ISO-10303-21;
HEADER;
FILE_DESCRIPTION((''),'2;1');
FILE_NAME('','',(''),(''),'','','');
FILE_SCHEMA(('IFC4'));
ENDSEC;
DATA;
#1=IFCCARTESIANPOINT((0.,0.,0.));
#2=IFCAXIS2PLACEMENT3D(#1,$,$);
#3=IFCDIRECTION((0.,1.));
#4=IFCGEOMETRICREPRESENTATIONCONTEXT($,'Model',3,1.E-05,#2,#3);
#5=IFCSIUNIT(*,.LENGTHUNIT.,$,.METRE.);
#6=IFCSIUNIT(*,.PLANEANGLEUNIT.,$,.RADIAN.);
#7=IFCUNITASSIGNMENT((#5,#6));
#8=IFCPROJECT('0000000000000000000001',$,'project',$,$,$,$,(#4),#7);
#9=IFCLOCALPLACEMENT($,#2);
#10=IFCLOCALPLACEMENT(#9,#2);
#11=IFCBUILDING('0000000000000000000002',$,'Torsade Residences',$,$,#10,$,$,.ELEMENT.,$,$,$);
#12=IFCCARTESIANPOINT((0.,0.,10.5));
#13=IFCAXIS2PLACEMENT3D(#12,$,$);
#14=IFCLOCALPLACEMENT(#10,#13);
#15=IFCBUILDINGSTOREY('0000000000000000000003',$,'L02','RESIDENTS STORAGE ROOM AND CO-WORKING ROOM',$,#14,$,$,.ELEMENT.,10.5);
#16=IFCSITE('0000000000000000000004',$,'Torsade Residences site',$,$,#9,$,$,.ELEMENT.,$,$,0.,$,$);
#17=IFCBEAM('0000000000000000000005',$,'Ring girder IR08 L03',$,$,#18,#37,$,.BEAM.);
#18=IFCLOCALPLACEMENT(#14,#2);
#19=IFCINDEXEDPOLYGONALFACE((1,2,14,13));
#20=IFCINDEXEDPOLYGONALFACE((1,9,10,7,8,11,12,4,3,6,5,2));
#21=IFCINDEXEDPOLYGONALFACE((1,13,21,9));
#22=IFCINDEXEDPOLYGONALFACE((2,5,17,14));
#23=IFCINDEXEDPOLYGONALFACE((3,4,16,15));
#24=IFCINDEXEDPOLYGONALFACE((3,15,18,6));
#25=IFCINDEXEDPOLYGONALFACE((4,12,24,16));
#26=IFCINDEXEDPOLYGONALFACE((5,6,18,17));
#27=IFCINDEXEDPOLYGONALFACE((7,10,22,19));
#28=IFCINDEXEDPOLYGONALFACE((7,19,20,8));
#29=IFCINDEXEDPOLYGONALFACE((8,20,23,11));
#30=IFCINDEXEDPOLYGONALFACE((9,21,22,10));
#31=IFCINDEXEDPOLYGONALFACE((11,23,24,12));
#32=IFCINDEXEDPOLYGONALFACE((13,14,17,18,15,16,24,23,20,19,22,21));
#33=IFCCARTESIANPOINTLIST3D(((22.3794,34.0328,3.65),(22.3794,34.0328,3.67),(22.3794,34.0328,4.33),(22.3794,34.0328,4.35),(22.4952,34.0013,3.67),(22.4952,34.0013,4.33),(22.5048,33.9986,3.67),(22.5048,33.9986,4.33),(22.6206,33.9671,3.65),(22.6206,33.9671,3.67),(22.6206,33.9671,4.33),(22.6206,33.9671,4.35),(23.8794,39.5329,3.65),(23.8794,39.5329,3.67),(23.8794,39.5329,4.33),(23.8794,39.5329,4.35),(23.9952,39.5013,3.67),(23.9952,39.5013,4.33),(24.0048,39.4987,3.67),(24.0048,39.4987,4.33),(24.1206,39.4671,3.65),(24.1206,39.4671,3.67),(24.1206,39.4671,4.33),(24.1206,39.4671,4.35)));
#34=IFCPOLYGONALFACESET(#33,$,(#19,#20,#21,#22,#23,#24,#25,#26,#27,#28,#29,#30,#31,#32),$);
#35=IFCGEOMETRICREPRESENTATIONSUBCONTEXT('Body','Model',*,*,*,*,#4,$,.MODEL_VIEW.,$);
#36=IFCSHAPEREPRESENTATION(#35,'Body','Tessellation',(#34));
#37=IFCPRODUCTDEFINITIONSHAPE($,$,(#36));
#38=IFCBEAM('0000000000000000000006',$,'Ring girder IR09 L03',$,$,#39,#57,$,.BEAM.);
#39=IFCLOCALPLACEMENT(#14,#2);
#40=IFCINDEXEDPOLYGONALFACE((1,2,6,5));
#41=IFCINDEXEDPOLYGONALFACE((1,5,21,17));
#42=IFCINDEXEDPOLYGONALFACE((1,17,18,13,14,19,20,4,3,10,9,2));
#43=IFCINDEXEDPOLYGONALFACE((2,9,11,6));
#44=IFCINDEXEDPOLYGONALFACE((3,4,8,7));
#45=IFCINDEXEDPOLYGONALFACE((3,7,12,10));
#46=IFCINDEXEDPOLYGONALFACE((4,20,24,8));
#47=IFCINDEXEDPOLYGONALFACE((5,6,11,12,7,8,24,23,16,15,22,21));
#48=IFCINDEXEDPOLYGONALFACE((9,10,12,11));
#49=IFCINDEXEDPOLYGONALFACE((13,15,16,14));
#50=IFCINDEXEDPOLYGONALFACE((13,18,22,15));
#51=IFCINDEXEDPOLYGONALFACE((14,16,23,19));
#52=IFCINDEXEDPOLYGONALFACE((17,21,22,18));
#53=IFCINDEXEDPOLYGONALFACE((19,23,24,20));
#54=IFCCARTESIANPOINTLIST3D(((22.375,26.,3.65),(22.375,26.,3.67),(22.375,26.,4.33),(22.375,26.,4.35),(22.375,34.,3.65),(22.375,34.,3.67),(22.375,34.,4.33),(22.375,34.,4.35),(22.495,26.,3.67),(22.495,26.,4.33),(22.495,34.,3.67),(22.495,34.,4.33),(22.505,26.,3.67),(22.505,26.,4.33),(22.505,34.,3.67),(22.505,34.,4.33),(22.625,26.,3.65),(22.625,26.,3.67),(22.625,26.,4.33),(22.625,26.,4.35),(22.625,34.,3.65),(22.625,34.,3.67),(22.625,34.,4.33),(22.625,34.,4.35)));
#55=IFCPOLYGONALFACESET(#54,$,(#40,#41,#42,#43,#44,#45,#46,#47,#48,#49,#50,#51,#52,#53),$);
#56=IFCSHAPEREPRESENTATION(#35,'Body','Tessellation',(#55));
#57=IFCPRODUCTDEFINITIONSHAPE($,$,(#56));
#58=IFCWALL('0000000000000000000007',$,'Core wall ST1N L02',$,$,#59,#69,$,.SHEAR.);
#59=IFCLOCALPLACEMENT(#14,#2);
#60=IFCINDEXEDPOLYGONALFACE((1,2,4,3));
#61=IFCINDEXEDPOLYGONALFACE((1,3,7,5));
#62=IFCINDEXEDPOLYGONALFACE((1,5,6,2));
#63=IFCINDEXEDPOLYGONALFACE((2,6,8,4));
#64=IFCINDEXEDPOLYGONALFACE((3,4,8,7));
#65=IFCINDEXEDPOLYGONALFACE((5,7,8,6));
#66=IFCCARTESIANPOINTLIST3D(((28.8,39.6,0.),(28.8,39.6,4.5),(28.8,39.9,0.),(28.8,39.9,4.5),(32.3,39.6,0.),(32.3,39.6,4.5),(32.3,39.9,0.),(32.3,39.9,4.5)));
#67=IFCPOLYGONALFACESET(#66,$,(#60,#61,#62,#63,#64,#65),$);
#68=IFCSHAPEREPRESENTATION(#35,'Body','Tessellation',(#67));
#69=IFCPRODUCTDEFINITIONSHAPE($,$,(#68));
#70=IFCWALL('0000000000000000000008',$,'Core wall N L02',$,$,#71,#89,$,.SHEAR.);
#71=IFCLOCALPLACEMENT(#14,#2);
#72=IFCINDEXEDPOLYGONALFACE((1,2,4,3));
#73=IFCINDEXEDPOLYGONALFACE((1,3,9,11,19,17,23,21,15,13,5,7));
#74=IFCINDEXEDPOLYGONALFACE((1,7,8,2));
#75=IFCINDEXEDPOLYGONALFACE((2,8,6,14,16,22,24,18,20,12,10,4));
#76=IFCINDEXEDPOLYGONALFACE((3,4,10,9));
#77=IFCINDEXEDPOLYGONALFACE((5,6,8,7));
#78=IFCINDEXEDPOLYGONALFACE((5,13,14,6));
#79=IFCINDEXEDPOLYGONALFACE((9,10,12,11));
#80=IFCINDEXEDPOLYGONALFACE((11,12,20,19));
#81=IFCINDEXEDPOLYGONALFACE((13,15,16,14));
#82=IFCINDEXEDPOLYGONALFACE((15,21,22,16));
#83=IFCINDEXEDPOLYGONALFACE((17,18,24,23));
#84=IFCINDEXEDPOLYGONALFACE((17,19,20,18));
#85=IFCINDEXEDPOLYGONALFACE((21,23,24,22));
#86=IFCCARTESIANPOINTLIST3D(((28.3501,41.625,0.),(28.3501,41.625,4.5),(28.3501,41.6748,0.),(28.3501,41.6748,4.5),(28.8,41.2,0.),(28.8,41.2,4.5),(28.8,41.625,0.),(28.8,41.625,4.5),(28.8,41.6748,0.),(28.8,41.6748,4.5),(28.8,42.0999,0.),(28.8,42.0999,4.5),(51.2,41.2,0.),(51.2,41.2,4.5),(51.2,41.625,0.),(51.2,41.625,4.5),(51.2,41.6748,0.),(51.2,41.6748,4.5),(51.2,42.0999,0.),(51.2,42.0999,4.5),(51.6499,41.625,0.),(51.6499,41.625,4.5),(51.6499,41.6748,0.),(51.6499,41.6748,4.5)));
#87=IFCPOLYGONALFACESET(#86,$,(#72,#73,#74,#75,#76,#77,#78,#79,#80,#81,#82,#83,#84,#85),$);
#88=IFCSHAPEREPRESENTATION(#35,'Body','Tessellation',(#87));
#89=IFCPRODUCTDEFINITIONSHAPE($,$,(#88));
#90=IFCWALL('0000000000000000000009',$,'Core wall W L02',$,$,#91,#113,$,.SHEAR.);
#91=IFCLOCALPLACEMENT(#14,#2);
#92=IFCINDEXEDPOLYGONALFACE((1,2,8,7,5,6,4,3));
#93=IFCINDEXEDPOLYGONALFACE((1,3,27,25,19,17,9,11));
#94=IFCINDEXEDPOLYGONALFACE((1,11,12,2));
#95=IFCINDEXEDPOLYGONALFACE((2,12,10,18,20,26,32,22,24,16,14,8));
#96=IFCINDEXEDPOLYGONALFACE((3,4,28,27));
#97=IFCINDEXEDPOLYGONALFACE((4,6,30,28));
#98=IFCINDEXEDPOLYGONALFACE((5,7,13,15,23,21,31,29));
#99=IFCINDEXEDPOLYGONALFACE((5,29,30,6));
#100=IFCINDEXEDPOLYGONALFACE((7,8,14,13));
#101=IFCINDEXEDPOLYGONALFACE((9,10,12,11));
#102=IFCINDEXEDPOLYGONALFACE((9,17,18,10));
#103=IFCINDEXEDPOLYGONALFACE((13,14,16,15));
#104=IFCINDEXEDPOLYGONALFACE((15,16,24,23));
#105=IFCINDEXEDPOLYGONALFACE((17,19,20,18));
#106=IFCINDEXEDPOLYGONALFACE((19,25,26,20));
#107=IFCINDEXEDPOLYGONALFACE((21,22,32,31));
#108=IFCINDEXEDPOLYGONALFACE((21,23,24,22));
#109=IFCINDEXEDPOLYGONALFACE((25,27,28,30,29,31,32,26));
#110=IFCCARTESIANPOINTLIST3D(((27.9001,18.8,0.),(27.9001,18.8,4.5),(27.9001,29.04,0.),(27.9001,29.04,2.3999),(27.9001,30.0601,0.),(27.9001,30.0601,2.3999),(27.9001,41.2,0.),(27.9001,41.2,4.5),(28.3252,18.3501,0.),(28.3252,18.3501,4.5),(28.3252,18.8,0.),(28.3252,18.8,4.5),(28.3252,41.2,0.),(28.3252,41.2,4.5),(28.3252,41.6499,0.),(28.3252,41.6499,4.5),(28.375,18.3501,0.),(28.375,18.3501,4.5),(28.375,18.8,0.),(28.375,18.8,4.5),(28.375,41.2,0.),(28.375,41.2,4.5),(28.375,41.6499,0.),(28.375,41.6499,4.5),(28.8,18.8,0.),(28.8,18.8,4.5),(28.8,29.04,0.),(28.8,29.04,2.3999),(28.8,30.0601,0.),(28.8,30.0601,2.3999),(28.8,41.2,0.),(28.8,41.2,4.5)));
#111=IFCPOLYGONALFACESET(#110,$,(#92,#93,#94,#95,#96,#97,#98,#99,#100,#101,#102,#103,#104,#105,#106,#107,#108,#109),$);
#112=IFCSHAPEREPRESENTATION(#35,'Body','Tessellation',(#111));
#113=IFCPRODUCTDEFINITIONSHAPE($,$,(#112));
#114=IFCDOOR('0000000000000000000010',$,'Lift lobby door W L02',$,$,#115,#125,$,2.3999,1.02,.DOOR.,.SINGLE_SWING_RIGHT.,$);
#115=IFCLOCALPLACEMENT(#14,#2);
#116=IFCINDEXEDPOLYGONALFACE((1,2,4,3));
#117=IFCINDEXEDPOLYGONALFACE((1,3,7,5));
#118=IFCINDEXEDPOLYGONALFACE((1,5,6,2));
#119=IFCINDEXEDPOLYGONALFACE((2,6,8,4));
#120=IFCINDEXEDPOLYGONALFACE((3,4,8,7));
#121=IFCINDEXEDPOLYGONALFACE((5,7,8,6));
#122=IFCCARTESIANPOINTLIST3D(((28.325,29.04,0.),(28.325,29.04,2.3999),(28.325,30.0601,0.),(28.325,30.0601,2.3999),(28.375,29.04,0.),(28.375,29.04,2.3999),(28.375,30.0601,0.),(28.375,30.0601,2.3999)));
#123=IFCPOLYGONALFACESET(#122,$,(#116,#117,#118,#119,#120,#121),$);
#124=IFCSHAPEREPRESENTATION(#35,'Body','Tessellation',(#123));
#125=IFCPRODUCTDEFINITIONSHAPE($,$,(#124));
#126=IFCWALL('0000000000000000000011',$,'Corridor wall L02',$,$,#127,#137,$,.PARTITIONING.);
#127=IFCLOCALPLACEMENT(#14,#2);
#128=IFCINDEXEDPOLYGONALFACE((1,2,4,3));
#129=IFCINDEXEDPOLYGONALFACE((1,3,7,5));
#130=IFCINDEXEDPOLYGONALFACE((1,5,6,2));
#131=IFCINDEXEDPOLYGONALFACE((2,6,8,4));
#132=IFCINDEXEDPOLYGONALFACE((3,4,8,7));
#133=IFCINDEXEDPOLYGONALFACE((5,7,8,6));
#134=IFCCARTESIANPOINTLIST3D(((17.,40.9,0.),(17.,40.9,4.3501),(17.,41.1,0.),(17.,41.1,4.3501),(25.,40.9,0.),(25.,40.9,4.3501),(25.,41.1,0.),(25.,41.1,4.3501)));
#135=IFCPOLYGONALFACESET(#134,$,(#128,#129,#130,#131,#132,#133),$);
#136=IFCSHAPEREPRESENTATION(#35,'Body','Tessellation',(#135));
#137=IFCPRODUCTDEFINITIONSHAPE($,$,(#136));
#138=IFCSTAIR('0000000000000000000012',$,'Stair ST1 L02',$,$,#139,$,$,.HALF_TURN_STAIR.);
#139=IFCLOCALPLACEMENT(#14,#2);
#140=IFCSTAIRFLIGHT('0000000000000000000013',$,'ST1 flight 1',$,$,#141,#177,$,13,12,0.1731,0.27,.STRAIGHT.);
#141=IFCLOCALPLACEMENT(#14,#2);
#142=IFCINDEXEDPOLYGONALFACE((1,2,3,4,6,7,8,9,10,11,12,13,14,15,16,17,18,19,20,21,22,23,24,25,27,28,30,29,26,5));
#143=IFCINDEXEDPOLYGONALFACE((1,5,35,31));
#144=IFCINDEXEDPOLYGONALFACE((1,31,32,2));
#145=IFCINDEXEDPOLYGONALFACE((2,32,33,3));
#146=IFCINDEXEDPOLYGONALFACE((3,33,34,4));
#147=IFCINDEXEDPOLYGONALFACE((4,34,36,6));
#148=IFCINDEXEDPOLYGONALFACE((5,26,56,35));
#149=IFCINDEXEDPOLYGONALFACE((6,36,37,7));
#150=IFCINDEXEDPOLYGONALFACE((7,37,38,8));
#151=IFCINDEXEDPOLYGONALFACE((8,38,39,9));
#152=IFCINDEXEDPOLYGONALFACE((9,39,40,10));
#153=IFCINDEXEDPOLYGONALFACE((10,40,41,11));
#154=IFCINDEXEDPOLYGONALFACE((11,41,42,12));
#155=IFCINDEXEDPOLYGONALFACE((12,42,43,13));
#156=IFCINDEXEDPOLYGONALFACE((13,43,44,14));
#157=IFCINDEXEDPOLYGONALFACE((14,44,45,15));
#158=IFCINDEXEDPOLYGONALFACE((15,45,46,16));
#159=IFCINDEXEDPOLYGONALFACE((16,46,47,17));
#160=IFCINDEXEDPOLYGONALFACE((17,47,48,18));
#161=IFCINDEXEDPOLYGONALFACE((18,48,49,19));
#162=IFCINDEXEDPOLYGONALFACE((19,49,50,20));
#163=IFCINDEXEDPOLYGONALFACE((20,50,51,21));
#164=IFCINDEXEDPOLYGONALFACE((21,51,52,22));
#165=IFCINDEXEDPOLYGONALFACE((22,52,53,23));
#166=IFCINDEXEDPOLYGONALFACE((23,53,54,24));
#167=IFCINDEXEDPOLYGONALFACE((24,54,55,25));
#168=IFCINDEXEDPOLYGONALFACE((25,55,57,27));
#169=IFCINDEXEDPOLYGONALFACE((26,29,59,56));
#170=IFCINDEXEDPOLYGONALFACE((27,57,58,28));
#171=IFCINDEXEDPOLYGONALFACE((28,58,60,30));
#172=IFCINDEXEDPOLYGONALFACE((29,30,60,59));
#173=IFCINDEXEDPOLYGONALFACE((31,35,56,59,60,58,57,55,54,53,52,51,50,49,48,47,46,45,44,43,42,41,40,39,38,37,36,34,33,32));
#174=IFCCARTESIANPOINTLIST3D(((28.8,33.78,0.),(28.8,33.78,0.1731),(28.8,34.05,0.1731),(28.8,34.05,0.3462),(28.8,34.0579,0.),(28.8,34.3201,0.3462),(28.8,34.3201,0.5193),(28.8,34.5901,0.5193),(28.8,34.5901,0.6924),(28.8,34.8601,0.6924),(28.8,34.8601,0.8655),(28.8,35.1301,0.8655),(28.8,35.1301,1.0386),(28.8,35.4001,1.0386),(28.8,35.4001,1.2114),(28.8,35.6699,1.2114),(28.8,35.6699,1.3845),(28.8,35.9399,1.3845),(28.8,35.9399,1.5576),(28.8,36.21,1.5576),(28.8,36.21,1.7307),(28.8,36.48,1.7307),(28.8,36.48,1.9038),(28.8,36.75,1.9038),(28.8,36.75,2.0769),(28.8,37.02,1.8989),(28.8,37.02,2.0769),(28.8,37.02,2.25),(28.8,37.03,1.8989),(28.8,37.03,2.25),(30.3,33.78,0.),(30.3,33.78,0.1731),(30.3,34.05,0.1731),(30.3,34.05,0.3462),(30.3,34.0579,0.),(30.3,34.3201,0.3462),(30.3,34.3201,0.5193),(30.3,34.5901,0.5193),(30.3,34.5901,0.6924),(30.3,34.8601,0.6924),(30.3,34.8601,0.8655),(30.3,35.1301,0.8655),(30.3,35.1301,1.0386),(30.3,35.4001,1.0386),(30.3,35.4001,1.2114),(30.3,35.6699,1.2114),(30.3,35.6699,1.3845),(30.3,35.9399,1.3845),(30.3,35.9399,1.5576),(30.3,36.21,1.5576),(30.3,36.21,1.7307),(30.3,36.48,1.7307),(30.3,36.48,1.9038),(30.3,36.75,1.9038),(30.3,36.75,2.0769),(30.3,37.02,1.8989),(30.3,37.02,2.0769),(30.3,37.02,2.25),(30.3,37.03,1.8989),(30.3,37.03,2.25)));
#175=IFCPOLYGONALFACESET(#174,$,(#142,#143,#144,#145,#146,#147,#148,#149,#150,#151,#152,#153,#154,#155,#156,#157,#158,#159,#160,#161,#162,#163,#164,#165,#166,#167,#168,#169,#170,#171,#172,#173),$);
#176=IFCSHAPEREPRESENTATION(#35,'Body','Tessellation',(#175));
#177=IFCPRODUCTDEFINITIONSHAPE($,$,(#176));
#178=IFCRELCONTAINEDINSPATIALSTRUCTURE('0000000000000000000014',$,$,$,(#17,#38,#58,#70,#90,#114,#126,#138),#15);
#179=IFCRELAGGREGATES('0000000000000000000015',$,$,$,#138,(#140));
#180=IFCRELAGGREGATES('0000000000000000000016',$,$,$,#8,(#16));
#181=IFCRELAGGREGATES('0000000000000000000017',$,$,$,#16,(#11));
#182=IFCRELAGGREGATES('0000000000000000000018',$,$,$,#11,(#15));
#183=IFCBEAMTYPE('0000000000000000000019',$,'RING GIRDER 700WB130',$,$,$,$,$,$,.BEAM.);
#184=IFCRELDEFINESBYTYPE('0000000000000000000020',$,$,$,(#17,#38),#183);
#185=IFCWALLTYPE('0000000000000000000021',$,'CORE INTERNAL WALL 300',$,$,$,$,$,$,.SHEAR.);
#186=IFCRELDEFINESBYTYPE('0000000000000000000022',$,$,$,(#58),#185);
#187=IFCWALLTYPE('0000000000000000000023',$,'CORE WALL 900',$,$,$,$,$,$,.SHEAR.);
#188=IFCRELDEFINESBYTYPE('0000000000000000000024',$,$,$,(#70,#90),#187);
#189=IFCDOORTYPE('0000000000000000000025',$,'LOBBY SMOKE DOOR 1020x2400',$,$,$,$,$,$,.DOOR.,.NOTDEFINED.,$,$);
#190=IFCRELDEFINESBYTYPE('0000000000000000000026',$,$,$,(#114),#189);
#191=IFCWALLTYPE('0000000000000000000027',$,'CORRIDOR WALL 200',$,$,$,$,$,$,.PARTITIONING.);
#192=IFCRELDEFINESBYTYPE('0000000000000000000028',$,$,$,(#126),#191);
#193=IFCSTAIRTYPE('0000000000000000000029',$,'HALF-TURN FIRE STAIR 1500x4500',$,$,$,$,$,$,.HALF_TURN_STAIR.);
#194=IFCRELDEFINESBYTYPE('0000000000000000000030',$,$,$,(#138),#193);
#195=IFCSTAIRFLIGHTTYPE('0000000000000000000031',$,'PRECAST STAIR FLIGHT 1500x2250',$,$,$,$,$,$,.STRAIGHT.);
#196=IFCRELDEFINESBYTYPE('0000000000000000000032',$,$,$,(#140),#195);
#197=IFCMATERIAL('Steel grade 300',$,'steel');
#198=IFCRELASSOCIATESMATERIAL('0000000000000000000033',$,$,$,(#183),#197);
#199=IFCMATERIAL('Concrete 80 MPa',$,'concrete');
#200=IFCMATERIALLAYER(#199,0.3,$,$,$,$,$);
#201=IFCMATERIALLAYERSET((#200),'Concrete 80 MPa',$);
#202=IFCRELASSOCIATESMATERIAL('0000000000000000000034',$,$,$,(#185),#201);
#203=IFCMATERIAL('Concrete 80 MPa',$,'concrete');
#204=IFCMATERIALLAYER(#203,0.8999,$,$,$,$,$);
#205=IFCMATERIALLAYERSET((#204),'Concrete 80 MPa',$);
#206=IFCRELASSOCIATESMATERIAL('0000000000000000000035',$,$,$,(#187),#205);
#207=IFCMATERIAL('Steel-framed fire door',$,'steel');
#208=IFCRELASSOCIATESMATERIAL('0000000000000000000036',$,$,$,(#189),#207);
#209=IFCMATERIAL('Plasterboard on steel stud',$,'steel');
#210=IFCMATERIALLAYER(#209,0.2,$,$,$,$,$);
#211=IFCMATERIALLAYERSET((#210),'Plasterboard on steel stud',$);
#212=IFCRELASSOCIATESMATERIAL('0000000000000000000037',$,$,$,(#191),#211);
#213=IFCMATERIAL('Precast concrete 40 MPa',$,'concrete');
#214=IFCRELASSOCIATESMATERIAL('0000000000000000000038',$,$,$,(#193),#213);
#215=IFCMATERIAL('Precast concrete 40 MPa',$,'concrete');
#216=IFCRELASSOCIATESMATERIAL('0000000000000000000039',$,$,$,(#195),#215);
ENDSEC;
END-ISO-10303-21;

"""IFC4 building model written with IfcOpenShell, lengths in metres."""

from ifc_helpers import new_model, si_unit, direction, frame, frame_2d, origin, origin_2d, place, context, subcontext, project, spatial, polyline, rectangle, i_section, outline, extrude, material, layer, layer_set, material_profile, profile_set, type_object, element, fill, aggregate, save


model = new_model("IFC4")

# Units and contexts
model_context = context("Model", 3, precision=1e-05, world=origin(), true_north=direction((0.0, 1.0)))
body_context = subcontext(model_context, "Body", "Model", "MODEL_VIEW")
ifc_project = project(units=[si_unit("LENGTHUNIT", "METRE"), si_unit("PLANEANGLEUNIT", "RADIAN")], contexts=[model_context])

# Site, building, storey
site_placement = place(None, origin())
site = spatial("IfcSite", under=ifc_project, at=site_placement, Name="Torsade Residences site", CompositionType="ELEMENT", RefElevation=0.0)
building_placement = place(site_placement, origin())
building = spatial("IfcBuilding", under=site, at=building_placement, Name="Torsade Residences", CompositionType="ELEMENT")
storey_placement = place(building_placement, frame((0.0, 0.0, 10.5)))
storey = spatial("IfcBuildingStorey", under=building, at=storey_placement, Name="L02", Description="RESIDENTS STORAGE ROOM AND CO-WORKING ROOM", CompositionType="ELEMENT", Elevation=10.5)

# Beams
ifc_material_1 = material(Name="Steel grade 300", Category="steel")
ifc_material_profile_1 = material_profile(ifc_material_1, i_section(OverallWidth=0.25, OverallDepth=0.7, WebThickness=0.01, FlangeThickness=0.02, at=origin_2d()), Name="700WB130")
ifc_profile_set_1 = profile_set([ifc_material_profile_1], Name="Steel grade 300")
beam_type_1 = type_object("IfcBeamType", Name="RING GIRDER 700WB130", PredefinedType="BEAM", material=ifc_profile_set_1)
beam_1_placement = place(storey_placement, frame((24.0, 39.5, 4.0), z_axis=(-0.263117, -0.964764, 0.0), x_axis=(0.964764, -0.263117, 0.0)))
element("IfcBeam", 1, at=beam_1_placement, inside=storey, type_object=beam_type_1, Name="Ring girder IR08 L03", PredefinedType="BEAM", context=body_context, shape_type="SweptSolid", body=[
    extrude(i_section(OverallWidth=0.25, OverallDepth=0.7, WebThickness=0.01, FlangeThickness=0.02, at=origin_2d()), origin(), (0.0, 0.0, 1.0), 5.7009),
])
beam_2_placement = place(storey_placement, frame((22.5, 34.0, 4.0), z_axis=(0.0, -1.0, 0.0), x_axis=(1.0, 0.0, 0.0)))
element("IfcBeam", 2, at=beam_2_placement, inside=storey, type_object=beam_type_1, Name="Ring girder IR09 L03", PredefinedType="BEAM", context=body_context, shape_type="SweptSolid", body=[
    extrude(i_section(OverallWidth=0.25, OverallDepth=0.7, WebThickness=0.01, FlangeThickness=0.02, at=origin_2d()), origin(), (0.0, 0.0, 1.0), 8.0),
])

# Walls
ifc_material_2 = material(Name="Concrete 80 MPa", Category="concrete")
ifc_layer_1 = layer(ifc_material_2, 0.3)
ifc_layer_set_1 = layer_set([ifc_layer_1], Name="Concrete 80 MPa")
wall_type_1 = type_object("IfcWallType", Name="CORE INTERNAL WALL 300", PredefinedType="SHEAR", material=ifc_layer_set_1)
wall_1_placement = place(storey_placement, frame((28.8, 39.75, 0.0), z_axis=(0.0, 0.0, 1.0), x_axis=(1.0, 0.0, 0.0)))
element("IfcWall", 3, at=wall_1_placement, inside=storey, type_object=wall_type_1, Name="Core wall ST1N L02", PredefinedType="SHEAR", context=body_context, shape_type="SweptSolid", body=[
    extrude(rectangle(XDim=3.5, YDim=0.3, at=frame_2d((1.75, 0.0))), origin(), (0.0, 0.0, 1.0), 4.5),
])
ifc_material_3 = material(Name="Concrete 80 MPa", Category="concrete")
ifc_layer_2 = layer(ifc_material_3, 0.8999)
ifc_layer_set_2 = layer_set([ifc_layer_2], Name="Concrete 80 MPa")
wall_type_2 = type_object("IfcWallType", Name="CORE WALL 900", PredefinedType="SHEAR", material=ifc_layer_set_2)
wall_2_placement = place(storey_placement, frame((28.8, 41.6499, 0.0), z_axis=(0.0, 0.0, 1.0), x_axis=(1.0, 0.0, 0.0)))
element("IfcWall", 4, at=wall_2_placement, inside=storey, type_object=wall_type_2, Name="Core wall N L02", PredefinedType="SHEAR", context=body_context, shape_type="SweptSolid", body=[
    extrude(outline(polyline([(0.0, -0.45), (22.3999, -0.45), (22.3999, -0.0249), (22.8499, -0.0249), (22.8499, 0.0249), (22.3999, 0.0249), (22.3999, 0.45), (0.0, 0.45), (0.0, 0.0249), (-0.45, 0.0249), (-0.45, -0.0249), (0.0, -0.0249), (0.0, -0.45)])), origin(), (0.0, 0.0, 1.0), 4.5),
])

# Wall, opening, door
wall_3_placement = place(storey_placement, frame((28.3501, 41.2, 0.0), z_axis=(0.0, 0.0, 1.0), x_axis=(0.0, -1.0, 0.0)))
wall_3 = element("IfcWall", 5, at=wall_3_placement, inside=storey, type_object=wall_type_2, Name="Core wall W L02", PredefinedType="SHEAR", context=body_context, shape_type="SweptSolid", body=[
    extrude(outline(polyline([(0.0, -0.45), (22.3999, -0.45), (22.3999, -0.0249), (22.8499, -0.0249), (22.8499, 0.0249), (22.3999, 0.0249), (22.3999, 0.45), (0.0, 0.45), (0.0, 0.0249), (-0.45, 0.0249), (-0.45, -0.0249), (0.0, -0.0249), (0.0, -0.45)])), origin(), (0.0, 0.0, 1.0), 4.5),
])
opening_placement = place(wall_3_placement, frame((11.1399, 0.0, 0.0)))
opening = element("IfcOpeningElement", 6, at=opening_placement, cuts=wall_3, PredefinedType="OPENING", context=body_context, shape_type="SweptSolid", body=[
    extrude(rectangle(XDim=1.02, YDim=2.3999, at=frame_2d((0.51, 1.2))), frame((0.0, 0.46, 0.0), z_axis=(0.0, -1.0, 0.0), x_axis=(1.0, 0.0, 0.0)), (0.0, 0.0, 1.0), 0.9199),
])
ifc_material_4 = material(Name="Steel-framed fire door", Category="steel")
door_type = type_object("IfcDoorType", Name="LOBBY SMOKE DOOR 1020x2400", OperationType="NOTDEFINED", PredefinedType="DOOR", material=ifc_material_4)
door_placement = place(opening_placement, origin())
door = element("IfcDoor", 7, at=door_placement, inside=storey, type_object=door_type, Name="Lift lobby door W L02", OperationType="SINGLE_SWING_RIGHT", OverallHeight=2.3999, OverallWidth=1.02, PredefinedType="DOOR", context=body_context, shape_type="SweptSolid", body=[
    extrude(rectangle(XDim=1.02, YDim=2.3999, at=frame_2d((0.51, 1.2))), frame((0.0, 0.0249, 0.0), z_axis=(0.0, -1.0, 0.0), x_axis=(1.0, 0.0, 0.0)), (0.0, 0.0, 1.0), 0.05),
])
fill(opening, door)

# Wall
ifc_material_5 = material(Name="Plasterboard on steel stud", Category="steel")
ifc_layer_3 = layer(ifc_material_5, 0.2)
ifc_layer_set_3 = layer_set([ifc_layer_3], Name="Plasterboard on steel stud")
wall_type_3 = type_object("IfcWallType", Name="CORRIDOR WALL 200", PredefinedType="PARTITIONING", material=ifc_layer_set_3)
wall_4_placement = place(storey_placement, frame((25.0, 41.0, 0.0), z_axis=(0.0, 0.0, 1.0), x_axis=(-1.0, 0.0, 0.0)))
element("IfcWall", 8, at=wall_4_placement, inside=storey, type_object=wall_type_3, Name="Corridor wall L02", PredefinedType="PARTITIONING", context=body_context, shape_type="SweptSolid", body=[
    extrude(rectangle(XDim=8.0, YDim=0.2, at=frame_2d((4.0, 0.0))), origin(), (0.0, 0.0, 1.0), 4.3501),
])

# Stair, stair flight
ifc_material_6 = material(Name="Precast concrete 40 MPa", Category="concrete")
stair_type = type_object("IfcStairType", Name="HALF-TURN FIRE STAIR 1500x4500", PredefinedType="HALF_TURN_STAIR", material=ifc_material_6)
stair_placement = place(storey_placement, origin())
stair = element("IfcStair", 9, at=stair_placement, inside=storey, type_object=stair_type, Name="Stair ST1 L02", PredefinedType="HALF_TURN_STAIR")
ifc_material_7 = material(Name="Precast concrete 40 MPa", Category="concrete")
stair_flight_type = type_object("IfcStairFlightType", Name="PRECAST STAIR FLIGHT 1500x2250", PredefinedType="STRAIGHT", material=ifc_material_7)
stair_flight_placement = place(storey_placement, frame((29.55, 33.78, 0.0), z_axis=(0.0, 0.0, 1.0), x_axis=(0.0, 1.0, 0.0)))
stair_flight = element("IfcStairFlight", 10, at=stair_flight_placement, type_object=stair_flight_type, Name="ST1 flight 1", NumberOfRisers=13, NumberOfTreads=12, PredefinedType="STRAIGHT", RiserHeight=0.1731, TreadLength=0.27, context=body_context, shape_type="SweptSolid", body=[
    extrude(outline(polyline([(0.0, 0.0), (0.0, 0.1731), (0.27, 0.1731), (0.27, 0.3462), (0.54, 0.3462), (0.54, 0.5193), (0.8101, 0.5193), (0.8101, 0.6924), (1.0801, 0.6924), (1.0801, 0.8655), (1.3501, 0.8655), (1.3501, 1.0386), (1.6201, 1.0386), (1.6201, 1.2114), (1.8899, 1.2114), (1.8899, 1.3845), (2.1599, 1.3845), (2.1599, 1.5576), (2.4299, 1.5576), (2.4299, 1.7307), (2.7, 1.7307), (2.7, 1.9038), (2.97, 1.9038), (2.97, 2.0769), (3.24, 2.0769), (3.24, 2.25), (3.25, 2.25), (3.25, 1.8989), (3.24, 1.8989), (0.2778, 0.0), (0.0, 0.0)])), frame((0.0, 0.75, 0.0), z_axis=(0.0, -1.0, 0.0), x_axis=(1.0, 0.0, 0.0)), (0.0, 0.0, 1.0), 1.5),
])
aggregate(stair, [stair_flight])

save(model, "model.ifc")
